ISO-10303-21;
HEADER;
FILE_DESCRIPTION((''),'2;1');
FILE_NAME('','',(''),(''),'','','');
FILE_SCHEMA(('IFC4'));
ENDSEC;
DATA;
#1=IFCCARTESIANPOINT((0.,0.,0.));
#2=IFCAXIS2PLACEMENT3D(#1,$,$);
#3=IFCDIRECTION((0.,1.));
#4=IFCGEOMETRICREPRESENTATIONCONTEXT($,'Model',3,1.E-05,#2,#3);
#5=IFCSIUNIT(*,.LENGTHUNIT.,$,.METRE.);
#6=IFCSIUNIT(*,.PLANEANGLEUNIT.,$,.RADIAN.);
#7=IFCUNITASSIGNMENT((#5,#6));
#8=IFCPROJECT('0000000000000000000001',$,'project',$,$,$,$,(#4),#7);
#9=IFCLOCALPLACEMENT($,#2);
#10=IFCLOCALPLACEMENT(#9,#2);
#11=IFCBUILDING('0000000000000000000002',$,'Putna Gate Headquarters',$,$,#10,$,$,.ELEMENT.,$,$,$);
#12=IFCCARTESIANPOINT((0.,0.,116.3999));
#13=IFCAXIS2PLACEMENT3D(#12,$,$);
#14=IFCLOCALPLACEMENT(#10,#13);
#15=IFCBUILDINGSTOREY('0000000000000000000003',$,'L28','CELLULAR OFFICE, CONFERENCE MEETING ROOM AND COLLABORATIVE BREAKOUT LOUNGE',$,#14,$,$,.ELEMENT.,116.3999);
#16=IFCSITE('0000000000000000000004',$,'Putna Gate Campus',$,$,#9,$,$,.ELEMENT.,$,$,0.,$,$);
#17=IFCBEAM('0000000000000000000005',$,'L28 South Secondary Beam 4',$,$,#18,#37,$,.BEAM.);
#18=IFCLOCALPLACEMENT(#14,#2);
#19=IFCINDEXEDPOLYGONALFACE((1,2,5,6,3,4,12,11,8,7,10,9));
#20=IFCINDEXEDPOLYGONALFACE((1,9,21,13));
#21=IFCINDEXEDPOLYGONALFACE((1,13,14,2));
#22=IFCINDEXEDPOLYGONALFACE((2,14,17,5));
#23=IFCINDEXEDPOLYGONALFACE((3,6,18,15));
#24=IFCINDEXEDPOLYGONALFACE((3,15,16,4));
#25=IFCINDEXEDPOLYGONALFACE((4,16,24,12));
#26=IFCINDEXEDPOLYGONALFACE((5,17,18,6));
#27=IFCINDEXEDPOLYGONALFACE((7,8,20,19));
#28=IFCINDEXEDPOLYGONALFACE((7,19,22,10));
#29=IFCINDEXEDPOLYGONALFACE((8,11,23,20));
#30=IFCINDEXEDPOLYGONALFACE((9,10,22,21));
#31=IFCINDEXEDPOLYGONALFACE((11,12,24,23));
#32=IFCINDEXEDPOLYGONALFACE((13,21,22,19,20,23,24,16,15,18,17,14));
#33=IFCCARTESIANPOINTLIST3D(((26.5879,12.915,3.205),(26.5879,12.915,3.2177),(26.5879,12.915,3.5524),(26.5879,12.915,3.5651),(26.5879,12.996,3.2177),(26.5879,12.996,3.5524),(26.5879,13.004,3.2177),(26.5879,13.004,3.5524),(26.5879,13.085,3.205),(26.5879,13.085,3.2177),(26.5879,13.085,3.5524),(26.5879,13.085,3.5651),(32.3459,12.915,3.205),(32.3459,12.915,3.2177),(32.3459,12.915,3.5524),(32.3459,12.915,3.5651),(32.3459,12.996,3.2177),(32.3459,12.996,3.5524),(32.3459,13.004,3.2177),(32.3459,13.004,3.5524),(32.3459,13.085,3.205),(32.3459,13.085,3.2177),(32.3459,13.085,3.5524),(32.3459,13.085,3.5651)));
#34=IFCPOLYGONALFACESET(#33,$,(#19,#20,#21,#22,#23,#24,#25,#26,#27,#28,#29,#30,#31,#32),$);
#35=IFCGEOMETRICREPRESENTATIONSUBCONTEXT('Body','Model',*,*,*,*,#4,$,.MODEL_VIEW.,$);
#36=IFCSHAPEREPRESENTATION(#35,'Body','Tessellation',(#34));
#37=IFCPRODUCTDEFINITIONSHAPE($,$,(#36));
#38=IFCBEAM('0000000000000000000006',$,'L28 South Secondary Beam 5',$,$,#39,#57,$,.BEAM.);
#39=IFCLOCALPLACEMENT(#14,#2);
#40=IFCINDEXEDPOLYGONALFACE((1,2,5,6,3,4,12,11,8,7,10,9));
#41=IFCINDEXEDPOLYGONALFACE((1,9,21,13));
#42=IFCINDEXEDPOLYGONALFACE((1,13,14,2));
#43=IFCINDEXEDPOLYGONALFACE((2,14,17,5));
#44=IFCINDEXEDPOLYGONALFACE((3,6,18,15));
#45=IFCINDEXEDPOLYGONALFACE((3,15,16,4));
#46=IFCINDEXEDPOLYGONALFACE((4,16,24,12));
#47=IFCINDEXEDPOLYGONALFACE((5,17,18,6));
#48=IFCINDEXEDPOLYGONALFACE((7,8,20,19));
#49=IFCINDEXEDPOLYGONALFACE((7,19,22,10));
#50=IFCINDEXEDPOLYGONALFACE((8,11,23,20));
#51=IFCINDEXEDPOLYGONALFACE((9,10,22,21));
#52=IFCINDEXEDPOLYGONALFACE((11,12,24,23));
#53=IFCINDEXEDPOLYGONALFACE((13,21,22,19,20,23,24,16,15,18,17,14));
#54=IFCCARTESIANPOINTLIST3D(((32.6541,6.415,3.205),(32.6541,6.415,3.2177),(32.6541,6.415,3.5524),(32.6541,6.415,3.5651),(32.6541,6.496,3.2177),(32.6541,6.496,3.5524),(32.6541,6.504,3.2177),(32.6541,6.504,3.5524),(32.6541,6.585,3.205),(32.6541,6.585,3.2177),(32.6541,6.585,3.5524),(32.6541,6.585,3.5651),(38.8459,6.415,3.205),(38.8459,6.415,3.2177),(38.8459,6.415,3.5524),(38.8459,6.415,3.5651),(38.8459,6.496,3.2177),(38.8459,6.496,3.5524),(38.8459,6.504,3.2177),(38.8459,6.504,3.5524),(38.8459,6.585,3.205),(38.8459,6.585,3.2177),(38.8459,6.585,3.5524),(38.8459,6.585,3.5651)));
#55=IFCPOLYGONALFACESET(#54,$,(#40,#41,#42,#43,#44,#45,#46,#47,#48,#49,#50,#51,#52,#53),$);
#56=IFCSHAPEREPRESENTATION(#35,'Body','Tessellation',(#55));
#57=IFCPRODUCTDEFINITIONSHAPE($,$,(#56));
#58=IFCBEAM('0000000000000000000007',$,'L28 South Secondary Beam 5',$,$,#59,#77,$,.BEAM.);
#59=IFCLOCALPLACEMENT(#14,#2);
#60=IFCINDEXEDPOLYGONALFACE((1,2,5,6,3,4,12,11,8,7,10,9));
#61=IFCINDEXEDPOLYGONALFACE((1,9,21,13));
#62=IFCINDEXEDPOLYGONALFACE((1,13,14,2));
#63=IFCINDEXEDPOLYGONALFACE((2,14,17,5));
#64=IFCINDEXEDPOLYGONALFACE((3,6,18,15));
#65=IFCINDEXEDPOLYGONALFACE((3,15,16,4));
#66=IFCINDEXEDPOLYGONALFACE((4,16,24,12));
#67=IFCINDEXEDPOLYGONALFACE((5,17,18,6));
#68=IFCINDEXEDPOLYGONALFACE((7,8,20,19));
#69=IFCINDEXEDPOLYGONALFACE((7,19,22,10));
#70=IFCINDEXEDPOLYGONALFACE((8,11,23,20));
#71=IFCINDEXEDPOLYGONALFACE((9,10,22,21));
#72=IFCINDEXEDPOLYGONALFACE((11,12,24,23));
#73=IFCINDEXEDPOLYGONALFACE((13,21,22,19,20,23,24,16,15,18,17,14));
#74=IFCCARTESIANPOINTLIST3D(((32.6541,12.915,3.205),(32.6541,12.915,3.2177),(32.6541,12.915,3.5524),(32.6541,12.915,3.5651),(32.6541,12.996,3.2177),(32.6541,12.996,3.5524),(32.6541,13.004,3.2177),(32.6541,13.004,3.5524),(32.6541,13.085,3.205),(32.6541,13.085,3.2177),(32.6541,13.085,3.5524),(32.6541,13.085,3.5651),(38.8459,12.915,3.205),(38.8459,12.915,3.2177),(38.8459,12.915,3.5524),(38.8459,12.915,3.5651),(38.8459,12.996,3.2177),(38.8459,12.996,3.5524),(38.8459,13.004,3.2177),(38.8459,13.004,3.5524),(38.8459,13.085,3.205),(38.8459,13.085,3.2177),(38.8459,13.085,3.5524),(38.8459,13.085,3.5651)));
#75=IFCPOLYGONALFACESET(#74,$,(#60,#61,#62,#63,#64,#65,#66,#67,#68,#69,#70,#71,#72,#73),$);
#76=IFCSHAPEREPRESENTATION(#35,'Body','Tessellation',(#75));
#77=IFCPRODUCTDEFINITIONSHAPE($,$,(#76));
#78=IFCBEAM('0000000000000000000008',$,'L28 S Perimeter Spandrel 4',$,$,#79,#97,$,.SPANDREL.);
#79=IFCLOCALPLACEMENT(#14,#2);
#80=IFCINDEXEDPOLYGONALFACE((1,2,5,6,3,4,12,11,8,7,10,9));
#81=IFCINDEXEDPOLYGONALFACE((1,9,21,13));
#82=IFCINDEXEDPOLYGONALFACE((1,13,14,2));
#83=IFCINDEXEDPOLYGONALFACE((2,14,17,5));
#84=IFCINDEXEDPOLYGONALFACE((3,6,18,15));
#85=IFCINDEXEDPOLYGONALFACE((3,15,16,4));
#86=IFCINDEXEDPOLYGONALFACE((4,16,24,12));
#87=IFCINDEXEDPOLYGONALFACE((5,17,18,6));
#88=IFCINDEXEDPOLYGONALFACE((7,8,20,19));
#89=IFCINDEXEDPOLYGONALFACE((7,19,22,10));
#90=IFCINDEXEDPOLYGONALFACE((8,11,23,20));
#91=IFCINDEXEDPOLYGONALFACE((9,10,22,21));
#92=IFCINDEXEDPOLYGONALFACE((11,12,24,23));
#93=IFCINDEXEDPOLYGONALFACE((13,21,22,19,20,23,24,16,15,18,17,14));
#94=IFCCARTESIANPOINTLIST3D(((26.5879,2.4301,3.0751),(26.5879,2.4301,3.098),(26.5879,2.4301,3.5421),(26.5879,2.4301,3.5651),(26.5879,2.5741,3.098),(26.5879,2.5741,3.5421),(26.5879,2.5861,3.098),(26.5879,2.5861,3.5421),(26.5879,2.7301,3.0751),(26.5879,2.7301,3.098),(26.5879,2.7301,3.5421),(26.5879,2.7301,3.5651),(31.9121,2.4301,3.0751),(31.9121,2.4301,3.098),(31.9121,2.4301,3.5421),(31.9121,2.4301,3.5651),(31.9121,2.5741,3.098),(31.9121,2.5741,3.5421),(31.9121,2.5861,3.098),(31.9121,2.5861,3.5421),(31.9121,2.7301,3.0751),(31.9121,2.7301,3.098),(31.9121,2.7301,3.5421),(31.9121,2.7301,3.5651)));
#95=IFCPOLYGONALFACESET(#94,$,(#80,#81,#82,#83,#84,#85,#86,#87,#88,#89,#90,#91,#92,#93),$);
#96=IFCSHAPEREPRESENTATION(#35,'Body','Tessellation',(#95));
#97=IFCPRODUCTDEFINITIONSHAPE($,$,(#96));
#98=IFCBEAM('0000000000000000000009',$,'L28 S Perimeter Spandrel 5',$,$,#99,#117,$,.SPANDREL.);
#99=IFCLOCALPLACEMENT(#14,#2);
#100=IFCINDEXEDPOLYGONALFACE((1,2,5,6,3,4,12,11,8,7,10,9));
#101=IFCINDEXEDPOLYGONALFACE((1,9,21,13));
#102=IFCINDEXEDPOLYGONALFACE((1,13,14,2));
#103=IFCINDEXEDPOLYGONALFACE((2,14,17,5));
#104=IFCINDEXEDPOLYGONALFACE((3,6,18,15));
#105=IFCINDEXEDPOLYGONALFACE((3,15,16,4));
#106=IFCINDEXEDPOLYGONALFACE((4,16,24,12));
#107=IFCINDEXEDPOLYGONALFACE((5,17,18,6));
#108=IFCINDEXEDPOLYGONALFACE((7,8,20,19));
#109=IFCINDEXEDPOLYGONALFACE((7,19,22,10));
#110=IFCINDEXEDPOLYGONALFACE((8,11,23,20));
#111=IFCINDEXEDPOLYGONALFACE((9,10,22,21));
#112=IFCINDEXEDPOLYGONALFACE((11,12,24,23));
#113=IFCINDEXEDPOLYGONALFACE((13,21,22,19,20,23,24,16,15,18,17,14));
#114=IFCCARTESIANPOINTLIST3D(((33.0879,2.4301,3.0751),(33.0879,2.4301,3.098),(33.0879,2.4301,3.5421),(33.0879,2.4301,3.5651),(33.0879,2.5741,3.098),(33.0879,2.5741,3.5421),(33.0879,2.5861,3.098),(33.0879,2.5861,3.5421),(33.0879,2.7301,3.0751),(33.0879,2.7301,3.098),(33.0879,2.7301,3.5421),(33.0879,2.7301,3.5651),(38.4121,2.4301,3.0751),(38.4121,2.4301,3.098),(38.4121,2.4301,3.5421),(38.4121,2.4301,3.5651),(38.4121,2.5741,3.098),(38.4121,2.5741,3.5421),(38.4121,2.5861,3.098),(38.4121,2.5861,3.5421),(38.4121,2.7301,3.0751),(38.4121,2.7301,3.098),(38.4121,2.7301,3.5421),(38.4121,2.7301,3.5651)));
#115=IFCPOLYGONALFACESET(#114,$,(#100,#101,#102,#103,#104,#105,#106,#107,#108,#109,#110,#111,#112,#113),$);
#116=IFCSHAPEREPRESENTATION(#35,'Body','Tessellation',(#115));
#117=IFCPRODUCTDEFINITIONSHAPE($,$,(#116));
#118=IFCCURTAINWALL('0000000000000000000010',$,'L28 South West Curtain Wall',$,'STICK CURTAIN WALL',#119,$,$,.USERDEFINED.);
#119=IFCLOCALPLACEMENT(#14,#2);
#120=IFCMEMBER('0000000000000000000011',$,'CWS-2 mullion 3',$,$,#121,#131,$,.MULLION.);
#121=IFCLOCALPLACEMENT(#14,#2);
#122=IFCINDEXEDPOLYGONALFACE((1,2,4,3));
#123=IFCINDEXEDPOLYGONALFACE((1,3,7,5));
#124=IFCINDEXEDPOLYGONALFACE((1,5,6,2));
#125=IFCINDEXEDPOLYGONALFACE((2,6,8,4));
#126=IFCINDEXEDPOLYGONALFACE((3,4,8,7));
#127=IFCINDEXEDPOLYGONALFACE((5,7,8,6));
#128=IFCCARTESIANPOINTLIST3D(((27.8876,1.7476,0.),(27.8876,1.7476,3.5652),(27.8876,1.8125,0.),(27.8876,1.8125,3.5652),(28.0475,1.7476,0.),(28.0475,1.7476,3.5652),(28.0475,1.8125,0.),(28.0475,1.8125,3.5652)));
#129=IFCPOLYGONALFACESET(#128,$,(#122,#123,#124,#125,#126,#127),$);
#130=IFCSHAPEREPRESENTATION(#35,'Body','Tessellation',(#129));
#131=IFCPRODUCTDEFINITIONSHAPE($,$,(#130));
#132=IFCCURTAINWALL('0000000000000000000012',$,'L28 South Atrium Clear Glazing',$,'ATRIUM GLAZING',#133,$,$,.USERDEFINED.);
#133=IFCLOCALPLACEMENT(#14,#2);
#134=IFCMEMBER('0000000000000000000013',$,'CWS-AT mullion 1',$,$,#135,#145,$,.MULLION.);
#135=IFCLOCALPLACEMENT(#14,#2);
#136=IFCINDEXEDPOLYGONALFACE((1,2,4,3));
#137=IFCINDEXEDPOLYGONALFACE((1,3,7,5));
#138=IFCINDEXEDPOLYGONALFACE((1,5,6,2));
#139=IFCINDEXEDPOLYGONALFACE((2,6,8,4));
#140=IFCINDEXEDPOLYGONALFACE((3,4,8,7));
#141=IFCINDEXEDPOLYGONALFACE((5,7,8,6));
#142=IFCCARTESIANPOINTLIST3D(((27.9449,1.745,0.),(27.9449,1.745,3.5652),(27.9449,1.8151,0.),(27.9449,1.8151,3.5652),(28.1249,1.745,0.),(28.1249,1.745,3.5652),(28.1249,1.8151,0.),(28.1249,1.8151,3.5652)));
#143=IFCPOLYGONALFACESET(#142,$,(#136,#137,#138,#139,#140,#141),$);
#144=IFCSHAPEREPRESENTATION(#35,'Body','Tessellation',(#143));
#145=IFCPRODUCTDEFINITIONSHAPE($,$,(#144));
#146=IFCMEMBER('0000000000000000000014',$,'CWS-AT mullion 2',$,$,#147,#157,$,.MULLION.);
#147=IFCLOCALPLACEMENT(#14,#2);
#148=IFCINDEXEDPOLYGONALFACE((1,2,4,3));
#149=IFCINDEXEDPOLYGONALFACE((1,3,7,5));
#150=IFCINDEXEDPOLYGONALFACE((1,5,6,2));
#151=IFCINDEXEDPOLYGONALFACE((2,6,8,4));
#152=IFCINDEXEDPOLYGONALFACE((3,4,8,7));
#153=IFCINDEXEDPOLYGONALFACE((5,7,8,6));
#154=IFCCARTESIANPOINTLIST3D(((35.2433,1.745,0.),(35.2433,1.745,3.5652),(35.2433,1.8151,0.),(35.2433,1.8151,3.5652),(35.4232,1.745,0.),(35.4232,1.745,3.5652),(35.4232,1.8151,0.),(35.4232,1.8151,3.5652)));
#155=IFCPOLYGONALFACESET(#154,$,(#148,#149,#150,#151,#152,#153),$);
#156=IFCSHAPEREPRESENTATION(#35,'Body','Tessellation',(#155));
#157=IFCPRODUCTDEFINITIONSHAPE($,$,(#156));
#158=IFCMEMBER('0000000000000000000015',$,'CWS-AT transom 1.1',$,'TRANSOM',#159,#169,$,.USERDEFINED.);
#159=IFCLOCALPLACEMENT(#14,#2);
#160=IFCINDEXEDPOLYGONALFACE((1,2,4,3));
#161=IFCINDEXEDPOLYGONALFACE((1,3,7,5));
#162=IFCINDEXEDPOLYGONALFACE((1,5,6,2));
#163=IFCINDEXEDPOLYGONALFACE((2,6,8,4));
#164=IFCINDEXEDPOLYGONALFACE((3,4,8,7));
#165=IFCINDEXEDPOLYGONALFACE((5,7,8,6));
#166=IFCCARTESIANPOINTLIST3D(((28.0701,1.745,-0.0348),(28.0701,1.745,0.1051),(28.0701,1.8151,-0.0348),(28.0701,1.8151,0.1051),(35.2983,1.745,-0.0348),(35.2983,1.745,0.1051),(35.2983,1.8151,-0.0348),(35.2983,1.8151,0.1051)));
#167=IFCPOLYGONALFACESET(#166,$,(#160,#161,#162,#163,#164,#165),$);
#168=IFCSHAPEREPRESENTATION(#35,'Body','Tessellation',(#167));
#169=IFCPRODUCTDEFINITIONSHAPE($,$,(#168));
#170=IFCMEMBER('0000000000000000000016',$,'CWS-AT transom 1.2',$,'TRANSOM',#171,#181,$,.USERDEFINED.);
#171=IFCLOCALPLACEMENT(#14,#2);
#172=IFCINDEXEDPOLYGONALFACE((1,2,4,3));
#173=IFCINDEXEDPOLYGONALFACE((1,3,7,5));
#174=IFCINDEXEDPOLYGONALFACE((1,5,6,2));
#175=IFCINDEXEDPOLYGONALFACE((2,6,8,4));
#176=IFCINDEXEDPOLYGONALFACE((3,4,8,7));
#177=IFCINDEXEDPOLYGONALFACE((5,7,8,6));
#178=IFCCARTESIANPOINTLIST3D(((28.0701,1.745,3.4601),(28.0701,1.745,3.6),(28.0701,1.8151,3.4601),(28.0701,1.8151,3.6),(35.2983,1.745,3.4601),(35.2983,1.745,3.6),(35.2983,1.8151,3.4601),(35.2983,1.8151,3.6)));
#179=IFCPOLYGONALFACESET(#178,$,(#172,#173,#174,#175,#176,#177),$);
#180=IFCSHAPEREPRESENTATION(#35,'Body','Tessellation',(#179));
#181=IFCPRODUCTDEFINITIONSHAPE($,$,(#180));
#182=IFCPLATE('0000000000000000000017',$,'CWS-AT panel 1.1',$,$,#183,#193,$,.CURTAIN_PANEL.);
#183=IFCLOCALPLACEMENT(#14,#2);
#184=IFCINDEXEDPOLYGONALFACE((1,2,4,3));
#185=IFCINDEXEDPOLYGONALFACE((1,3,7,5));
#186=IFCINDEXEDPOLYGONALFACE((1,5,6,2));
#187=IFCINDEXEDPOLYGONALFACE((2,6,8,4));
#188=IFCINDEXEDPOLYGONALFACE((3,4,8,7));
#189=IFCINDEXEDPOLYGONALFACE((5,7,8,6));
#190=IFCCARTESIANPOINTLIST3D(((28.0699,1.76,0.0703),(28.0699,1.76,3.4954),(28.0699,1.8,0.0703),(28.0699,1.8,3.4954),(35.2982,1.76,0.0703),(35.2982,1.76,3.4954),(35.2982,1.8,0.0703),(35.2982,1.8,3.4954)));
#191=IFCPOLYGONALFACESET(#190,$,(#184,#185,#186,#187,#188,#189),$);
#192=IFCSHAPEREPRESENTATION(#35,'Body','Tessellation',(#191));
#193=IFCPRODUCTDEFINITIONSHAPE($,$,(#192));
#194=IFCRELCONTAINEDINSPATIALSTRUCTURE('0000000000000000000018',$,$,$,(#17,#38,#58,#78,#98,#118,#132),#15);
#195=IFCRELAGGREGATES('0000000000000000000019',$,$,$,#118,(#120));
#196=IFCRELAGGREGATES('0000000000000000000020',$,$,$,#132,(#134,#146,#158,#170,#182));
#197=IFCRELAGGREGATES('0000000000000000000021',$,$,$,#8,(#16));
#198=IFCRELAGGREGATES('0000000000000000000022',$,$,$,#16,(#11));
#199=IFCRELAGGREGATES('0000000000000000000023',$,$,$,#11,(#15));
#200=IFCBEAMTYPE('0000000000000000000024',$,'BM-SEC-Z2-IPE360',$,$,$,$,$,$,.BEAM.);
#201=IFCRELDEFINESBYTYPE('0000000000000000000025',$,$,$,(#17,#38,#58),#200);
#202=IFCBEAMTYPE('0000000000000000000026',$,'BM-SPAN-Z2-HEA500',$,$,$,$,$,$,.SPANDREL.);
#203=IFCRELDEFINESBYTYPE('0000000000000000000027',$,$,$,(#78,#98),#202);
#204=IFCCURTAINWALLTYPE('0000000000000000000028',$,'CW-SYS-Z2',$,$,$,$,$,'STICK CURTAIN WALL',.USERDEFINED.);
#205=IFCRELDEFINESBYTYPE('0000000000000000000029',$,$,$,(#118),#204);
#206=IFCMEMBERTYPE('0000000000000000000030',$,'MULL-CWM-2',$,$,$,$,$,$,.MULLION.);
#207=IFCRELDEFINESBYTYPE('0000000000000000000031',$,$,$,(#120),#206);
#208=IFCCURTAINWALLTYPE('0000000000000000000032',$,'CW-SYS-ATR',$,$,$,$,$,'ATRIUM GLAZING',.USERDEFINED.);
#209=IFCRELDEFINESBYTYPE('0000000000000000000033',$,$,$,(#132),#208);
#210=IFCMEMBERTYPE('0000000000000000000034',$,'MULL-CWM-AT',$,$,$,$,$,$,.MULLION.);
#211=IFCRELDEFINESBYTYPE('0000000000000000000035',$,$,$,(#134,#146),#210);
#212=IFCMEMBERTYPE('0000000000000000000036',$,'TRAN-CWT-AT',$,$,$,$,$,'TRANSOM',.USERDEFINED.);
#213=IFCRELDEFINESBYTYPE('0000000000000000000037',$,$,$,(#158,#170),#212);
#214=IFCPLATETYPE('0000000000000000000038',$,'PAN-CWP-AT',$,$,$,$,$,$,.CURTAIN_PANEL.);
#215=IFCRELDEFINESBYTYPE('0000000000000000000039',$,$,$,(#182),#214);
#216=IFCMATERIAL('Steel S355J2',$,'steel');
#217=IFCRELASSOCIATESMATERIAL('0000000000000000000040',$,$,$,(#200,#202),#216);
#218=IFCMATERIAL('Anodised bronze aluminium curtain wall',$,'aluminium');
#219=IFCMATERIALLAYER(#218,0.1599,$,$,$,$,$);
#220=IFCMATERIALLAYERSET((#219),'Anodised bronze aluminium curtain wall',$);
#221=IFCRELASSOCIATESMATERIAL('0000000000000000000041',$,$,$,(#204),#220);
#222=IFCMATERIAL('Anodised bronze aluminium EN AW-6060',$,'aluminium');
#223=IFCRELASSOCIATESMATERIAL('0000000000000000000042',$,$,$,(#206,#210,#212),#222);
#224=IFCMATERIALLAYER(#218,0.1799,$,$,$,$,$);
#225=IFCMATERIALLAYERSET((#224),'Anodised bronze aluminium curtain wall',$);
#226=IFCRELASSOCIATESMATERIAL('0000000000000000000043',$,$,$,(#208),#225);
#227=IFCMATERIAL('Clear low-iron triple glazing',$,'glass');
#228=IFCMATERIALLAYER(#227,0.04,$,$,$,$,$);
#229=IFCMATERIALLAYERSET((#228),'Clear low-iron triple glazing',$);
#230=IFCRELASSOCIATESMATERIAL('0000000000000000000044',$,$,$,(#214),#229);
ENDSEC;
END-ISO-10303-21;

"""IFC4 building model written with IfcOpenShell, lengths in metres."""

from ifc_helpers import new_model, si_unit, direction, frame, origin, origin_2d, place, context, subcontext, project, spatial, rectangle, i_section, extrude, material, layer, layer_set, material_profile, profile_set, type_object, element, aggregate, save


model = new_model("IFC4")

# Units and contexts
model_context = context("Model", 3, precision=1e-05, world=origin(), true_north=direction((0.0, 1.0)))
body_context = subcontext(model_context, "Body", "Model", "MODEL_VIEW")
ifc_project = project(units=[si_unit("LENGTHUNIT", "METRE"), si_unit("PLANEANGLEUNIT", "RADIAN")], contexts=[model_context])

# Site, building, storey
site_placement = place(None, origin())
site = spatial("IfcSite", under=ifc_project, at=site_placement, Name="Putna Gate Campus", CompositionType="ELEMENT", RefElevation=0.0)
building_placement = place(site_placement, origin())
building = spatial("IfcBuilding", under=site, at=building_placement, Name="Putna Gate Headquarters", CompositionType="ELEMENT")
storey_placement = place(building_placement, frame((0.0, 0.0, 116.3999)))
storey = spatial("IfcBuildingStorey", under=building, at=storey_placement, Name="L28", Description="CELLULAR OFFICE, CONFERENCE MEETING ROOM AND COLLABORATIVE BREAKOUT LOUNGE", CompositionType="ELEMENT", Elevation=116.3999)

# Beams
ifc_material_1 = material(Name="Steel S355J2", Category="steel")
ifc_material_profile_1 = material_profile(ifc_material_1, i_section(OverallWidth=0.1699, OverallDepth=0.3601, WebThickness=0.0081, FlangeThickness=0.0127, at=origin_2d()), Name="Steel S355J2")
ifc_profile_set_1 = profile_set([ifc_material_profile_1], Name="Steel S355J2")
beam_type_1 = type_object("IfcBeamType", Name="BM-SEC-Z2-IPE360", PredefinedType="BEAM", material=ifc_profile_set_1)
beam_1_placement = place(storey_placement, frame((26.5879, 13.0, 3.385), z_axis=(1.0, 0.0, 0.0), x_axis=(0.0, 1.0, 0.0)))
element("IfcBeam", 1, at=beam_1_placement, inside=storey, type_object=beam_type_1, Name="L28 South Secondary Beam 4", PredefinedType="BEAM", context=body_context, shape_type="SweptSolid", body=[
    extrude(i_section(OverallWidth=0.1699, OverallDepth=0.3601, WebThickness=0.0081, FlangeThickness=0.0127, at=origin_2d()), origin(), (0.0, 0.0, 1.0), 5.7581),
])
for number, where, z_axis, x_axis, name in (
    (2, (32.6541, 6.5, 3.385), (1.0, 0.0, 0.0), (0.0, 1.0, 0.0), "L28 South Secondary Beam 5"),
    (3, (32.6541, 13.0, 3.385), (1.0, 0.0, 0.0), (0.0, 1.0, 0.0), "L28 South Secondary Beam 5"),
):
    element("IfcBeam", number, at=place(storey_placement, frame(where, z_axis=z_axis, x_axis=x_axis)), inside=storey, type_object=beam_type_1, Name=name, PredefinedType="BEAM", context=body_context, shape_type="SweptSolid", body=[
        extrude(i_section(OverallWidth=0.1699, OverallDepth=0.3601, WebThickness=0.0081, FlangeThickness=0.0127, at=origin_2d()), origin(), (0.0, 0.0, 1.0), 6.1919),
    ])
ifc_material_profile_2 = material_profile(ifc_material_1, i_section(OverallWidth=0.3, OverallDepth=0.49, WebThickness=0.012, FlangeThickness=0.0229, at=origin_2d()), Name="Steel S355J2")
ifc_profile_set_2 = profile_set([ifc_material_profile_2], Name="Steel S355J2")
beam_type_2 = type_object("IfcBeamType", Name="BM-SPAN-Z2-HEA500", PredefinedType="SPANDREL", material=ifc_profile_set_2)
for number, where, z_axis, x_axis, name in (
    (4, (26.5879, 2.5801, 3.3201), (1.0, 0.0, 0.0), (0.0, 1.0, 0.0), "L28 S Perimeter Spandrel 4"),
    (5, (33.0879, 2.5801, 3.3201), (1.0, 0.0, 0.0), (0.0, 1.0, 0.0), "L28 S Perimeter Spandrel 5"),
):
    element("IfcBeam", number, at=place(storey_placement, frame(where, z_axis=z_axis, x_axis=x_axis)), inside=storey, type_object=beam_type_2, Name=name, PredefinedType="SPANDREL", context=body_context, shape_type="SweptSolid", body=[
        extrude(i_section(OverallWidth=0.3, OverallDepth=0.49, WebThickness=0.012, FlangeThickness=0.0229, at=origin_2d()), origin(), (0.0, 0.0, 1.0), 5.3242),
    ])

# Curtain wall, member
ifc_material_2 = material(Name="Anodised bronze aluminium curtain wall", Category="aluminium")
ifc_layer_1 = layer(ifc_material_2, 0.1599)
ifc_layer_set_1 = layer_set([ifc_layer_1], Name="Anodised bronze aluminium curtain wall")
curtain_wall_type_1 = type_object("IfcCurtainWallType", Name="CW-SYS-Z2", ElementType="STICK CURTAIN WALL", PredefinedType="USERDEFINED", material=ifc_layer_set_1)
curtain_wall_1_placement = place(storey_placement, origin())
curtain_wall_1 = element("IfcCurtainWall", 6, at=curtain_wall_1_placement, inside=storey, type_object=curtain_wall_type_1, Name="L28 South West Curtain Wall", ObjectType="STICK CURTAIN WALL", PredefinedType="USERDEFINED")
ifc_material_3 = material(Name="Anodised bronze aluminium EN AW-6060", Category="aluminium")
ifc_material_profile_3 = material_profile(ifc_material_3, rectangle(XDim=0.0649, YDim=0.1599, at=origin_2d()), Name="Anodised bronze aluminium EN AW-6060")
ifc_profile_set_3 = profile_set([ifc_material_profile_3], Name="Anodised bronze aluminium EN AW-6060")
member_type_1 = type_object("IfcMemberType", Name="MULL-CWM-2", PredefinedType="MULLION", material=ifc_profile_set_3)
member_1_placement = place(storey_placement, frame((27.9675, 1.78, 0.0), z_axis=(0.0, 0.0, 1.0), x_axis=(0.0, 1.0, 0.0)))
member_1 = element("IfcMember", 7, at=member_1_placement, type_object=member_type_1, Name="CWS-2 mullion 3", PredefinedType="MULLION", context=body_context, shape_type="SweptSolid", body=[
    extrude(rectangle(XDim=0.0649, YDim=0.1599, at=origin_2d()), origin(), (0.0, 0.0, 1.0), 3.5652),
])
aggregate(curtain_wall_1, [member_1])

# Curtain wall, members, plate
ifc_layer_2 = layer(ifc_material_2, 0.1799)
ifc_layer_set_2 = layer_set([ifc_layer_2], Name="Anodised bronze aluminium curtain wall")
curtain_wall_type_2 = type_object("IfcCurtainWallType", Name="CW-SYS-ATR", ElementType="ATRIUM GLAZING", PredefinedType="USERDEFINED", material=ifc_layer_set_2)
curtain_wall_2_placement = place(storey_placement, origin())
curtain_wall_2 = element("IfcCurtainWall", 8, at=curtain_wall_2_placement, inside=storey, type_object=curtain_wall_type_2, Name="L28 South Atrium Clear Glazing", ObjectType="ATRIUM GLAZING", PredefinedType="USERDEFINED")
ifc_material_profile_4 = material_profile(ifc_material_3, rectangle(XDim=0.0701, YDim=0.1799, at=origin_2d()), Name="Anodised bronze aluminium EN AW-6060")
ifc_profile_set_4 = profile_set([ifc_material_profile_4], Name="Anodised bronze aluminium EN AW-6060")
member_type_2 = type_object("IfcMemberType", Name="MULL-CWM-AT", PredefinedType="MULLION", material=ifc_profile_set_4)
member_2_placement = place(storey_placement, frame((28.0349, 1.78, 0.0), z_axis=(0.0, 0.0, 1.0), x_axis=(0.0, 1.0, 0.0)))
member_2 = element("IfcMember", 9, at=member_2_placement, type_object=member_type_2, Name="CWS-AT mullion 1", PredefinedType="MULLION", context=body_context, shape_type="SweptSolid", body=[
    extrude(rectangle(XDim=0.0701, YDim=0.1799, at=origin_2d()), origin(), (0.0, 0.0, 1.0), 3.5652),
])
member_3_placement = place(storey_placement, frame((35.3333, 1.78, 0.0), z_axis=(0.0, 0.0, 1.0), x_axis=(0.0, 1.0, 0.0)))
member_3 = element("IfcMember", 10, at=member_3_placement, type_object=member_type_2, Name="CWS-AT mullion 2", PredefinedType="MULLION", context=body_context, shape_type="SweptSolid", body=[
    extrude(rectangle(XDim=0.0701, YDim=0.1799, at=origin_2d()), origin(), (0.0, 0.0, 1.0), 3.5652),
])
ifc_material_profile_5 = material_profile(ifc_material_3, rectangle(XDim=0.0701, YDim=0.1399, at=origin_2d()), Name="Anodised bronze aluminium EN AW-6060")
ifc_profile_set_5 = profile_set([ifc_material_profile_5], Name="Anodised bronze aluminium EN AW-6060")
member_type_3 = type_object("IfcMemberType", Name="TRAN-CWT-AT", ElementType="TRANSOM", PredefinedType="USERDEFINED", material=ifc_profile_set_5)
member_4_placement = place(storey_placement, frame((28.0701, 1.78, 0.0352), z_axis=(1.0, 0.0, 0.0), x_axis=(0.0, 1.0, 0.0)))
member_4 = element("IfcMember", 11, at=member_4_placement, type_object=member_type_3, Name="CWS-AT transom 1.1", ObjectType="TRANSOM", PredefinedType="USERDEFINED", context=body_context, shape_type="SweptSolid", body=[
    extrude(rectangle(XDim=0.0701, YDim=0.1399, at=origin_2d()), origin(), (0.0, 0.0, 1.0), 7.2283),
])
member_5_placement = place(storey_placement, frame((28.0701, 1.78, 3.53), z_axis=(1.0, 0.0, 0.0), x_axis=(0.0, 1.0, 0.0)))
member_5 = element("IfcMember", 12, at=member_5_placement, type_object=member_type_3, Name="CWS-AT transom 1.2", ObjectType="TRANSOM", PredefinedType="USERDEFINED", context=body_context, shape_type="SweptSolid", body=[
    extrude(rectangle(XDim=0.0701, YDim=0.1399, at=origin_2d()), origin(), (0.0, 0.0, 1.0), 7.2283),
])
ifc_material_4 = material(Name="Clear low-iron triple glazing", Category="glass")
ifc_layer_3 = layer(ifc_material_4, 0.04)
ifc_layer_set_3 = layer_set([ifc_layer_3], Name="Clear low-iron triple glazing")
plate_type = type_object("IfcPlateType", Name="PAN-CWP-AT", PredefinedType="CURTAIN_PANEL", material=ifc_layer_set_3)
plate_placement = place(storey_placement, frame((31.6841, 1.78, 0.0703), z_axis=(0.0, 0.0, 1.0), x_axis=(1.0, 0.0, 0.0)))
plate = element("IfcPlate", 13, at=plate_placement, type_object=plate_type, Name="CWS-AT panel 1.1", PredefinedType="CURTAIN_PANEL", context=body_context, shape_type="SweptSolid", body=[
    extrude(rectangle(XDim=7.2283, YDim=0.04, at=origin_2d()), origin(), (0.0, 0.0, 1.0), 3.425),
])
aggregate(curtain_wall_2, [member_2, member_3, member_4, member_5, plate])

save(model, "model.ifc")
